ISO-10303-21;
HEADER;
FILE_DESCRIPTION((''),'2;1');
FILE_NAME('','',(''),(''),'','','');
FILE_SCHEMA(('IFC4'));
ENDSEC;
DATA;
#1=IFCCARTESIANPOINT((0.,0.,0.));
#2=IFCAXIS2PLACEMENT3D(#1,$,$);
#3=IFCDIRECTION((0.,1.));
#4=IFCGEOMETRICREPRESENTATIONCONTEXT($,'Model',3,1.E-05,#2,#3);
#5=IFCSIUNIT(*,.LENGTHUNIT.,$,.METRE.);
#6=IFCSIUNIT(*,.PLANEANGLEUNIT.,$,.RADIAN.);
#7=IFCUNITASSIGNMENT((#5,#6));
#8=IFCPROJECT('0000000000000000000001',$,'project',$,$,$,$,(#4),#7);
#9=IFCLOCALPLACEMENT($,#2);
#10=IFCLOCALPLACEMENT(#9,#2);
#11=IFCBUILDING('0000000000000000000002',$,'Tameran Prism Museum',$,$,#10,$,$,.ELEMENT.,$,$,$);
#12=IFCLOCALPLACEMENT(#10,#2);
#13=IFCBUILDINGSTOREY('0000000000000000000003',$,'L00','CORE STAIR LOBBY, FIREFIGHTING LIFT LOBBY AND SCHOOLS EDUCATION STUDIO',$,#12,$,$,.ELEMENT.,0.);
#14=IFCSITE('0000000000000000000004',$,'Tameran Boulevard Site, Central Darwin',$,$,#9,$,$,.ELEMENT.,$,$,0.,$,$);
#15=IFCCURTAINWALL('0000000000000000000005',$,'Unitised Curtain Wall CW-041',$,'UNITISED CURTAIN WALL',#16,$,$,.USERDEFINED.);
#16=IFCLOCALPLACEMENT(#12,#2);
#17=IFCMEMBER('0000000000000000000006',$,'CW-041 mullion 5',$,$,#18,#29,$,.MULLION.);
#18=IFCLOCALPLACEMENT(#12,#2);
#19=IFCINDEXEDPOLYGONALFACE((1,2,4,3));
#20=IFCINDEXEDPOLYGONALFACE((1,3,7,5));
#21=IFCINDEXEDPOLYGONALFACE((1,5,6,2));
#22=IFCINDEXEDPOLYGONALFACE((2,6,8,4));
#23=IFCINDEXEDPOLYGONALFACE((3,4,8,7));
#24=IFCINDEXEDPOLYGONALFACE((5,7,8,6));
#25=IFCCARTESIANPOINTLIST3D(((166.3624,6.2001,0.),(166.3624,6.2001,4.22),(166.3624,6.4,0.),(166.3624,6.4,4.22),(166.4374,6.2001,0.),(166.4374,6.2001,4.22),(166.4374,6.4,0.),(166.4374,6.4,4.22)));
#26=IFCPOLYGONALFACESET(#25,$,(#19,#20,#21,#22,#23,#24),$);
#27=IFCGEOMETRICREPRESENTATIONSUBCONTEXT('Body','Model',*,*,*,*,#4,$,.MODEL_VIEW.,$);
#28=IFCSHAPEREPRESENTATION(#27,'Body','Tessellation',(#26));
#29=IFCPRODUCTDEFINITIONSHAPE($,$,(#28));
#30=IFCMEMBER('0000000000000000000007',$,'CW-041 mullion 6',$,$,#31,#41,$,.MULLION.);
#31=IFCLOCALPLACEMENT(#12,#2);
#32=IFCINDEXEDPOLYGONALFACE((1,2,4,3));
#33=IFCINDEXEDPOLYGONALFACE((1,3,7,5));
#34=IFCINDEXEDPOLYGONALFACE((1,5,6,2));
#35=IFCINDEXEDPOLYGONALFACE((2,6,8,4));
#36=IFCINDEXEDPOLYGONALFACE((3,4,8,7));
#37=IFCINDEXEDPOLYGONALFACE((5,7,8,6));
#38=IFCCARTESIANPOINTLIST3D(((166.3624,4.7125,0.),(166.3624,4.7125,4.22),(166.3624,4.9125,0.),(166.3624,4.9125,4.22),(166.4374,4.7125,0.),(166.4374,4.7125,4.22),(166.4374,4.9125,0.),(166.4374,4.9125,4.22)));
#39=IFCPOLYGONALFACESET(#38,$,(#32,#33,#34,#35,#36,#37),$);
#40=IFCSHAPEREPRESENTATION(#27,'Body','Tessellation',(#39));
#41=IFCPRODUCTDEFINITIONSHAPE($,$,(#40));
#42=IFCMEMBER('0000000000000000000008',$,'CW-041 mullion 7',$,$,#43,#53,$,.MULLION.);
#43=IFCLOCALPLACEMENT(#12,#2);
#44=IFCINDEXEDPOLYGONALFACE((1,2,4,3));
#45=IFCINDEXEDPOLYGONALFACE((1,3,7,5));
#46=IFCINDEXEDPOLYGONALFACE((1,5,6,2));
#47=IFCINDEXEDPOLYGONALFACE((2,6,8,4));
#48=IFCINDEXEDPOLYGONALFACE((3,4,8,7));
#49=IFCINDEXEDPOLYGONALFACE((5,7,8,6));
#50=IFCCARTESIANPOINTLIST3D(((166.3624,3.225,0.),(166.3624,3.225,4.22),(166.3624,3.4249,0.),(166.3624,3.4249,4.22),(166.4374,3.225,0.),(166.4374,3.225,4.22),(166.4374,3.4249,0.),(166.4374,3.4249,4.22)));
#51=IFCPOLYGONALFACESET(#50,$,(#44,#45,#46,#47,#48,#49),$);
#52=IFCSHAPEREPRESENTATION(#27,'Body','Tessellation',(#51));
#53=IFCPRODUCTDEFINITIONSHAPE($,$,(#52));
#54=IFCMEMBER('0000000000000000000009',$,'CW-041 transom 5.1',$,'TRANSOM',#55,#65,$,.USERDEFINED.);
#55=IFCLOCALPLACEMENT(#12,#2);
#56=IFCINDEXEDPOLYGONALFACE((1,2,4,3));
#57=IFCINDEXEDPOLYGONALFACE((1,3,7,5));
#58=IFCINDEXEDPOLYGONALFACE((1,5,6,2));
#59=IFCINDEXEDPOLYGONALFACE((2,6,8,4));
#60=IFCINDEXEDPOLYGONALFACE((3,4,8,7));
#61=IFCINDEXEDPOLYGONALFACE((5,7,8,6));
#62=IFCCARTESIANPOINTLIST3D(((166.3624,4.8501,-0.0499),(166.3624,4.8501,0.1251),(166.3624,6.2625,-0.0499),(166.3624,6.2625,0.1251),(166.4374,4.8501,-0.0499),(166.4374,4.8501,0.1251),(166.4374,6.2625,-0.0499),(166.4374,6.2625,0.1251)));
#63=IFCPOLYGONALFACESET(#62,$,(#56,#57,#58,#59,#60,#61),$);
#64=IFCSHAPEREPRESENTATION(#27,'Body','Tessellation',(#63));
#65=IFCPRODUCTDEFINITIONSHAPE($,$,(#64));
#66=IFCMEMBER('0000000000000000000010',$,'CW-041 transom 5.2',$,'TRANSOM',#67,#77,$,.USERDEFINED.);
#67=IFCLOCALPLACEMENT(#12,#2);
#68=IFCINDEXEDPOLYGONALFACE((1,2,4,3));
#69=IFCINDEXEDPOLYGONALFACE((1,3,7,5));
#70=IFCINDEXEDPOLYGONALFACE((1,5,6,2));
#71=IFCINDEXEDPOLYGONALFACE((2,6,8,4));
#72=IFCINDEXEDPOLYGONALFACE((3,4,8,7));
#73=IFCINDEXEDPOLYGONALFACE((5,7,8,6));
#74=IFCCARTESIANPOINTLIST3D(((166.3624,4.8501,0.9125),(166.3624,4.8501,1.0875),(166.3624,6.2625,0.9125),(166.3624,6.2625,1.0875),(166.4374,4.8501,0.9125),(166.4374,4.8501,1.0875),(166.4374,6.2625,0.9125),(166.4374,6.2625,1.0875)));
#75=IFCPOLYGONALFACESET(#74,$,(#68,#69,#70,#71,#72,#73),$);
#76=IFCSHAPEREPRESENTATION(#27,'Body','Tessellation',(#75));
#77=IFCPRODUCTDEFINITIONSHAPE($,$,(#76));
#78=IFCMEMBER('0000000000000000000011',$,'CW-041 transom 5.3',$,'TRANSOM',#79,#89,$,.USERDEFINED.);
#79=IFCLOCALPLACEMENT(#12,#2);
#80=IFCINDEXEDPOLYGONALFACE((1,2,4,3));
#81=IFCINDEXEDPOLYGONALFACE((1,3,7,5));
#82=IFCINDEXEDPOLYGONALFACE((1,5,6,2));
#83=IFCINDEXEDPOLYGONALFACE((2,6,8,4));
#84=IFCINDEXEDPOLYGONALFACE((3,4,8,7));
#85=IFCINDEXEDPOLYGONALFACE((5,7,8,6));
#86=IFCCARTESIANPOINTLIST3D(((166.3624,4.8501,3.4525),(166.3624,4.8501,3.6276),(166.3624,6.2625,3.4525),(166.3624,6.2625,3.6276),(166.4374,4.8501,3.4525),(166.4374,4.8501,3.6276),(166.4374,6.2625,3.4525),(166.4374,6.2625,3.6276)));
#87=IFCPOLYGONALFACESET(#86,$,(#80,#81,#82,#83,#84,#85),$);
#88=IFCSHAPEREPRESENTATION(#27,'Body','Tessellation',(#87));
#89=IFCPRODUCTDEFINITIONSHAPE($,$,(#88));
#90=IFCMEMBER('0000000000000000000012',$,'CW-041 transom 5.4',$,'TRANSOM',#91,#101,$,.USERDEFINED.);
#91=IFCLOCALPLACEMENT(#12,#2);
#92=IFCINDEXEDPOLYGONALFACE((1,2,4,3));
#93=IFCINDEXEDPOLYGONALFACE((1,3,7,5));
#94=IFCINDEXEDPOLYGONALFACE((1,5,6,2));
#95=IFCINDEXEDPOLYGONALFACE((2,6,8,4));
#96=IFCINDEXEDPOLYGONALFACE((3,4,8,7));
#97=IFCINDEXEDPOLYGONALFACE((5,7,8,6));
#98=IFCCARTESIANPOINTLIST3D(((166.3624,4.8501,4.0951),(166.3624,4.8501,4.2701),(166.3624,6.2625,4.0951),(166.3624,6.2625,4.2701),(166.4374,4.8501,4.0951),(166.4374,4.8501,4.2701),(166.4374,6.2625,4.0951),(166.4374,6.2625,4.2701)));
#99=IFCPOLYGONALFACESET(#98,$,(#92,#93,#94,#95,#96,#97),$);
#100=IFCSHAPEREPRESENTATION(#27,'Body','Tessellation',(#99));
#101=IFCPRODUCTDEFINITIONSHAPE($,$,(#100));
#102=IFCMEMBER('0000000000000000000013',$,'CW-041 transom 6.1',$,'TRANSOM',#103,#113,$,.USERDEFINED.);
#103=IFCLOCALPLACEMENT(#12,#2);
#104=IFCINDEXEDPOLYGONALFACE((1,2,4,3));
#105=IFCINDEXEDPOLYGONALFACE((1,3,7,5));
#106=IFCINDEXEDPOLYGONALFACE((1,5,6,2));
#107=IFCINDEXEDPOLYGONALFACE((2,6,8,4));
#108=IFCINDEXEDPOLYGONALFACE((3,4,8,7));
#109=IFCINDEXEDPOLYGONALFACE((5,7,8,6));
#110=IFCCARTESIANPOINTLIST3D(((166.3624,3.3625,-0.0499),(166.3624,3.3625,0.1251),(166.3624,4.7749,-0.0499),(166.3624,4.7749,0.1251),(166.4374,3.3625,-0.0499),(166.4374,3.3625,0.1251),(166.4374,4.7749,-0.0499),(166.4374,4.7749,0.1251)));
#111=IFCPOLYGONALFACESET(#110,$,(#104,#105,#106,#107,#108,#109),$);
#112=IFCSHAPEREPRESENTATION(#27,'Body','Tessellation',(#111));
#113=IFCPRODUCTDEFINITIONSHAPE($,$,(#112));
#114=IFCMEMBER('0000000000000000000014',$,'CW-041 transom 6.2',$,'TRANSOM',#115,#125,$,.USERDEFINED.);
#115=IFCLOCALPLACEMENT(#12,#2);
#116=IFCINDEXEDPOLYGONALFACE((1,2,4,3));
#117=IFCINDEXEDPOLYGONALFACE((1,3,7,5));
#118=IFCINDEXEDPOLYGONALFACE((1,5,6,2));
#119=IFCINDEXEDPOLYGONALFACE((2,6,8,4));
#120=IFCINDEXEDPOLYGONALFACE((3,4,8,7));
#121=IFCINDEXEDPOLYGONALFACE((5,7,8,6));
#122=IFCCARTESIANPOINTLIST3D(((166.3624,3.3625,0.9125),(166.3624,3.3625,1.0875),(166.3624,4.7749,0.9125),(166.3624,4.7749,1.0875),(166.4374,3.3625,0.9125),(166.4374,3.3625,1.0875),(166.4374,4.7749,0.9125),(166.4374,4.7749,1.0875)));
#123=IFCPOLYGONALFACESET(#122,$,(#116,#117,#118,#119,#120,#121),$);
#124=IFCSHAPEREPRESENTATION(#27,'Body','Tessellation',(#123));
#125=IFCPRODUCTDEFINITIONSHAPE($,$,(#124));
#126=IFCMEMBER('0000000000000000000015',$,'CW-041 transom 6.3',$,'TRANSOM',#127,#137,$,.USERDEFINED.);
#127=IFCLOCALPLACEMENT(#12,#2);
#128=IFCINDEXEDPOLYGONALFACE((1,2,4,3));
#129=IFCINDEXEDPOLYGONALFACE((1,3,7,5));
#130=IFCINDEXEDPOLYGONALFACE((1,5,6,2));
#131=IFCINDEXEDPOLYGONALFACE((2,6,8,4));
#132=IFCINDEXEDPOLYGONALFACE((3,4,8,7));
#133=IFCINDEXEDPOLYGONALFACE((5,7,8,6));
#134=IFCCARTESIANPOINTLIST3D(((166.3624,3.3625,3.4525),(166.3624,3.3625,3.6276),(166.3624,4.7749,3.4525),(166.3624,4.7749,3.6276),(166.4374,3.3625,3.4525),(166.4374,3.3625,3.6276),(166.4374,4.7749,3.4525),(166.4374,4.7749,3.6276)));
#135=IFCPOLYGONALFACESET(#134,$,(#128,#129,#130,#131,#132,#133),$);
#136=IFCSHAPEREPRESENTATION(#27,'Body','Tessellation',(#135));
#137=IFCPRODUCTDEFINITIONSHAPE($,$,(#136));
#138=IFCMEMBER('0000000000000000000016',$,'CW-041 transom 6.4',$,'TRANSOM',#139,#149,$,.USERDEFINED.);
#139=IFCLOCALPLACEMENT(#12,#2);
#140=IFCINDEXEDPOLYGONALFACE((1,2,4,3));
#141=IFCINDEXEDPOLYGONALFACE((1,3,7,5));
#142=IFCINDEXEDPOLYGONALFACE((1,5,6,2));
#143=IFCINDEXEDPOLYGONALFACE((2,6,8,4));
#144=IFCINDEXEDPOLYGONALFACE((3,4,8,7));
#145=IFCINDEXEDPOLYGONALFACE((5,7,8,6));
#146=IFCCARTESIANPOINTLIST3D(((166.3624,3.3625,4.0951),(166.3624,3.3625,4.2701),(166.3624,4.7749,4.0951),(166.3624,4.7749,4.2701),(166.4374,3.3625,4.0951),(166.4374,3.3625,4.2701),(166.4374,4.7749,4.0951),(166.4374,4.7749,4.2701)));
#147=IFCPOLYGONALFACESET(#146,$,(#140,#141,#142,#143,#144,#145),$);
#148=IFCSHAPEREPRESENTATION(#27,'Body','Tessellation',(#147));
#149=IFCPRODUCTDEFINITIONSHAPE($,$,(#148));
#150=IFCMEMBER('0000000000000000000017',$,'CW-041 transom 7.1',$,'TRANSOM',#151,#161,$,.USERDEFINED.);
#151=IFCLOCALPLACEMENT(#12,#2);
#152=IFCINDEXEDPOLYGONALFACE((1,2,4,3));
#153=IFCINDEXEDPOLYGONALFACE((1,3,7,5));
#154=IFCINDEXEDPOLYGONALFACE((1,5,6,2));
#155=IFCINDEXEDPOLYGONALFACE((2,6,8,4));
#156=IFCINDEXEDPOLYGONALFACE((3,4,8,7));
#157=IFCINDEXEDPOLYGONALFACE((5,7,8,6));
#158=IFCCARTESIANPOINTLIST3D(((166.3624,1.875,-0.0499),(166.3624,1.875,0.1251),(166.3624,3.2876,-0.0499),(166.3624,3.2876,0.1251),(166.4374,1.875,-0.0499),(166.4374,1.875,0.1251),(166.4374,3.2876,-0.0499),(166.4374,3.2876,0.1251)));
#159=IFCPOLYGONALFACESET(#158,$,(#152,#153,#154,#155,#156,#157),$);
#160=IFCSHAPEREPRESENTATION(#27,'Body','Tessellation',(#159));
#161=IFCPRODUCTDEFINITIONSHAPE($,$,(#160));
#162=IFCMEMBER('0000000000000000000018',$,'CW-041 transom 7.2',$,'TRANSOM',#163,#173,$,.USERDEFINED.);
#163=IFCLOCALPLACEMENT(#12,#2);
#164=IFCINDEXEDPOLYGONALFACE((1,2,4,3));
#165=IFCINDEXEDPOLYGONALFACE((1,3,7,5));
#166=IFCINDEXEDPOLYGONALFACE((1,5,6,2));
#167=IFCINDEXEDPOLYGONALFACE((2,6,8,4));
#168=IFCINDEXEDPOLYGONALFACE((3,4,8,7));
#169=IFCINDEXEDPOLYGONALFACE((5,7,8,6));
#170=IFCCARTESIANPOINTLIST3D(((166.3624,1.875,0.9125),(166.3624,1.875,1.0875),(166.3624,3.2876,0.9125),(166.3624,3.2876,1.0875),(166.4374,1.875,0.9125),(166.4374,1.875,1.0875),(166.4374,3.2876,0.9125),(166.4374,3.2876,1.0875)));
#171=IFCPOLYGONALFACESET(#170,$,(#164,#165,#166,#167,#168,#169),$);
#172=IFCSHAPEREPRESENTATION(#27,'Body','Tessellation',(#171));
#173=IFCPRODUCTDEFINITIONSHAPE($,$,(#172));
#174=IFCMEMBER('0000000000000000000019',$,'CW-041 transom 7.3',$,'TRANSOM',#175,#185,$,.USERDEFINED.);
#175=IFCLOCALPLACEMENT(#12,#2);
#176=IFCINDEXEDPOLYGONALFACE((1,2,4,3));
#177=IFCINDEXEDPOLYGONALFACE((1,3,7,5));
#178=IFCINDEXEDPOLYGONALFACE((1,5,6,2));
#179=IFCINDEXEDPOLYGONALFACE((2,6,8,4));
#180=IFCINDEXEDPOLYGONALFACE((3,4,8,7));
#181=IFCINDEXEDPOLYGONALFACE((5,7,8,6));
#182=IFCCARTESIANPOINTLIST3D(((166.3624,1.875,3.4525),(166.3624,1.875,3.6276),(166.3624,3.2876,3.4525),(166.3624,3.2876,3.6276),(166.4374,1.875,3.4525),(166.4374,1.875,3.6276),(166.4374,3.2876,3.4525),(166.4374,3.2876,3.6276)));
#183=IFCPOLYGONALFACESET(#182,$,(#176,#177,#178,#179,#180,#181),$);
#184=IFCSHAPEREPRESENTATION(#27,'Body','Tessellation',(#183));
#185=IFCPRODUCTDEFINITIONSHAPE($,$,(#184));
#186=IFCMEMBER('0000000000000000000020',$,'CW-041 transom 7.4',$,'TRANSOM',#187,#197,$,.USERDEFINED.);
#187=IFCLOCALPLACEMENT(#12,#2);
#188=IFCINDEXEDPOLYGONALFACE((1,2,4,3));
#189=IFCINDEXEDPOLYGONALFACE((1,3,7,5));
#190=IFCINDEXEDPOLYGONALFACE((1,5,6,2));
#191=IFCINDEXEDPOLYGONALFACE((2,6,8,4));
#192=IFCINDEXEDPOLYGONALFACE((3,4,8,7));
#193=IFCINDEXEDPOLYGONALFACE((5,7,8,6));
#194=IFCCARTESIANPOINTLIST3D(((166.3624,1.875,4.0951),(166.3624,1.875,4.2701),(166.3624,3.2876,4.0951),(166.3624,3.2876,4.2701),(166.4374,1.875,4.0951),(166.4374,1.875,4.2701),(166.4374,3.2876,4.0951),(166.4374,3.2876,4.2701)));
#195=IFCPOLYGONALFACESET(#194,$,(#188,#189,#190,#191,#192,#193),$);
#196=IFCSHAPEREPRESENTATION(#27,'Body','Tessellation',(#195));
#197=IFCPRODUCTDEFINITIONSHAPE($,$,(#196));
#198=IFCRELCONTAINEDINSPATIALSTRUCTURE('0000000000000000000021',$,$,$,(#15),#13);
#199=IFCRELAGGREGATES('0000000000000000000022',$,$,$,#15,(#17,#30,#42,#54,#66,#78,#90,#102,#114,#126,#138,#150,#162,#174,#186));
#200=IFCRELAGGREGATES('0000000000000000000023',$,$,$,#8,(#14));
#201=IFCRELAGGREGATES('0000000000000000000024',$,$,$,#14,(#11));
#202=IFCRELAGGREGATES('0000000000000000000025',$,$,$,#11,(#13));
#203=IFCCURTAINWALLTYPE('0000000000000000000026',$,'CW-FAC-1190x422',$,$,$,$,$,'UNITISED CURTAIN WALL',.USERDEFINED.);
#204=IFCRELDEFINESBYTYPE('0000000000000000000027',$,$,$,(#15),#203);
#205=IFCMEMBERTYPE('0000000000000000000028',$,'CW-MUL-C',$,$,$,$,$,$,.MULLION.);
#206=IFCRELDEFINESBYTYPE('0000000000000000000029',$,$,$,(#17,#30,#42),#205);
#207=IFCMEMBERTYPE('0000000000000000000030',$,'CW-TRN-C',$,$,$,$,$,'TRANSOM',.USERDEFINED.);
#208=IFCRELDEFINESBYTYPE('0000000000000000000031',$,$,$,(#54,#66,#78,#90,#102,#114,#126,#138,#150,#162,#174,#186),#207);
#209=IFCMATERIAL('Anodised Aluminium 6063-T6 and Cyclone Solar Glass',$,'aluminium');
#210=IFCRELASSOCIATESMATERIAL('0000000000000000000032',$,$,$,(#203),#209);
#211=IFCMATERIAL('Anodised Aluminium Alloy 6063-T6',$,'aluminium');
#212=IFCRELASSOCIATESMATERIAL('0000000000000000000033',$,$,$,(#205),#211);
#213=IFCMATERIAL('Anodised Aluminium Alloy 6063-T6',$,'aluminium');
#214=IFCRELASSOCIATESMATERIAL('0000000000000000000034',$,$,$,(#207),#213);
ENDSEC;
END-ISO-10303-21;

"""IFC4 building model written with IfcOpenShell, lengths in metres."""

from ifc_helpers import new_model, si_unit, direction, frame, origin, origin_2d, place, context, subcontext, project, spatial, rectangle, extrude, material, material_profile, profile_set, type_object, element, aggregate, save


model = new_model("IFC4")

# Units and contexts
model_context = context("Model", 3, precision=1e-05, world=origin(), true_north=direction((0.0, 1.0)))
body_context = subcontext(model_context, "Body", "Model", "MODEL_VIEW")
ifc_project = project(units=[si_unit("LENGTHUNIT", "METRE"), si_unit("PLANEANGLEUNIT", "RADIAN")], contexts=[model_context])

# Site, building, storey
site_placement = place(None, origin())
site = spatial("IfcSite", under=ifc_project, at=site_placement, Name="Tameran Boulevard Site, Central Darwin", CompositionType="ELEMENT", RefElevation=0.0)
building_placement = place(site_placement, origin())
building = spatial("IfcBuilding", under=site, at=building_placement, Name="Tameran Prism Museum", CompositionType="ELEMENT")
storey_placement = place(building_placement, origin())
storey = spatial("IfcBuildingStorey", under=building, at=storey_placement, Name="L00", Description="CORE STAIR LOBBY, FIREFIGHTING LIFT LOBBY AND SCHOOLS EDUCATION STUDIO", CompositionType="ELEMENT", Elevation=0.0)

# Curtain wall, members
ifc_material_1 = material(Name="Anodised Aluminium 6063-T6 and Cyclone Solar Glass", Category="aluminium")
curtain_wall_type = type_object("IfcCurtainWallType", Name="CW-FAC-1190x422", ElementType="UNITISED CURTAIN WALL", PredefinedType="USERDEFINED", material=ifc_material_1)
curtain_wall_placement = place(storey_placement, origin())
curtain_wall = element("IfcCurtainWall", 1, at=curtain_wall_placement, inside=storey, type_object=curtain_wall_type, Name="Unitised Curtain Wall CW-041", ObjectType="UNITISED CURTAIN WALL", PredefinedType="USERDEFINED")
ifc_material_2 = material(Name="Anodised Aluminium Alloy 6063-T6", Category="aluminium")
ifc_material_profile_1 = material_profile(ifc_material_2, rectangle(XDim=0.075, YDim=0.2, at=origin_2d()))
ifc_profile_set_1 = profile_set([ifc_material_profile_1])
member_type_1 = type_object("IfcMemberType", Name="CW-MUL-C", PredefinedType="MULLION", material=ifc_profile_set_1)
member_1_placement = place(storey_placement, frame((166.3999, 6.3, 0.0), z_axis=(0.0, 0.0, 1.0), x_axis=(1.0, 0.0, 0.0)))
member_1 = element("IfcMember", 2, at=member_1_placement, type_object=member_type_1, Name="CW-041 mullion 5", PredefinedType="MULLION", context=body_context, shape_type="SweptSolid", body=[
    extrude(rectangle(XDim=0.075, YDim=0.2, at=origin_2d()), origin(), (0.0, 0.0, 1.0), 4.22),
])
member_2_placement = place(storey_placement, frame((166.3999, 4.8125, 0.0), z_axis=(0.0, 0.0, 1.0), x_axis=(1.0, 0.0, 0.0)))
member_2 = element("IfcMember", 3, at=member_2_placement, type_object=member_type_1, Name="CW-041 mullion 6", PredefinedType="MULLION", context=body_context, shape_type="SweptSolid", body=[
    extrude(rectangle(XDim=0.075, YDim=0.2, at=origin_2d()), origin(), (0.0, 0.0, 1.0), 4.22),
])
member_3_placement = place(storey_placement, frame((166.3999, 3.325, 0.0), z_axis=(0.0, 0.0, 1.0), x_axis=(1.0, 0.0, 0.0)))
member_3 = element("IfcMember", 4, at=member_3_placement, type_object=member_type_1, Name="CW-041 mullion 7", PredefinedType="MULLION", context=body_context, shape_type="SweptSolid", body=[
    extrude(rectangle(XDim=0.075, YDim=0.2, at=origin_2d()), origin(), (0.0, 0.0, 1.0), 4.22),
])
ifc_material_3 = material(Name="Anodised Aluminium Alloy 6063-T6", Category="aluminium")
ifc_material_profile_2 = material_profile(ifc_material_3, rectangle(XDim=0.075, YDim=0.175, at=origin_2d()))
ifc_profile_set_2 = profile_set([ifc_material_profile_2])
member_type_2 = type_object("IfcMemberType", Name="CW-TRN-C", ElementType="TRANSOM", PredefinedType="USERDEFINED", material=ifc_profile_set_2)
member_4_placement = place(storey_placement, frame((166.3999, 6.2625, 0.0376), z_axis=(0.0, -1.0, 0.0), x_axis=(1.0, 0.0, 0.0)))
member_4 = element("IfcMember", 5, at=member_4_placement, type_object=member_type_2, Name="CW-041 transom 5.1", ObjectType="TRANSOM", PredefinedType="USERDEFINED", context=body_context, shape_type="SweptSolid", body=[
    extrude(rectangle(XDim=0.075, YDim=0.175, at=origin_2d()), origin(), (0.0, 0.0, 1.0), 1.4124),
])
member_5_placement = place(storey_placement, frame((166.3999, 6.2625, 1.0), z_axis=(0.0, -1.0, 0.0), x_axis=(1.0, 0.0, 0.0)))
member_5 = element("IfcMember", 6, at=member_5_placement, type_object=member_type_2, Name="CW-041 transom 5.2", ObjectType="TRANSOM", PredefinedType="USERDEFINED", context=body_context, shape_type="SweptSolid", body=[
    extrude(rectangle(XDim=0.075, YDim=0.175, at=origin_2d()), origin(), (0.0, 0.0, 1.0), 1.4124),
])
member_6_placement = place(storey_placement, frame((166.3999, 6.2625, 3.54), z_axis=(0.0, -1.0, 0.0), x_axis=(1.0, 0.0, 0.0)))
member_6 = element("IfcMember", 7, at=member_6_placement, type_object=member_type_2, Name="CW-041 transom 5.3", ObjectType="TRANSOM", PredefinedType="USERDEFINED", context=body_context, shape_type="SweptSolid", body=[
    extrude(rectangle(XDim=0.075, YDim=0.175, at=origin_2d()), origin(), (0.0, 0.0, 1.0), 1.4124),
])
member_7_placement = place(storey_placement, frame((166.3999, 6.2625, 4.1826), z_axis=(0.0, -1.0, 0.0), x_axis=(1.0, 0.0, 0.0)))
member_7 = element("IfcMember", 8, at=member_7_placement, type_object=member_type_2, Name="CW-041 transom 5.4", ObjectType="TRANSOM", PredefinedType="USERDEFINED", context=body_context, shape_type="SweptSolid", body=[
    extrude(rectangle(XDim=0.075, YDim=0.175, at=origin_2d()), origin(), (0.0, 0.0, 1.0), 1.4124),
])
member_8_placement = place(storey_placement, frame((166.3999, 4.7749, 0.0376), z_axis=(0.0, -1.0, 0.0), x_axis=(1.0, 0.0, 0.0)))
member_8 = element("IfcMember", 9, at=member_8_placement, type_object=member_type_2, Name="CW-041 transom 6.1", ObjectType="TRANSOM", PredefinedType="USERDEFINED", context=body_context, shape_type="SweptSolid", body=[
    extrude(rectangle(XDim=0.075, YDim=0.175, at=origin_2d()), origin(), (0.0, 0.0, 1.0), 1.4124),
])
member_9_placement = place(storey_placement, frame((166.3999, 4.7749, 1.0), z_axis=(0.0, -1.0, 0.0), x_axis=(1.0, 0.0, 0.0)))
member_9 = element("IfcMember", 10, at=member_9_placement, type_object=member_type_2, Name="CW-041 transom 6.2", ObjectType="TRANSOM", PredefinedType="USERDEFINED", context=body_context, shape_type="SweptSolid", body=[
    extrude(rectangle(XDim=0.075, YDim=0.175, at=origin_2d()), origin(), (0.0, 0.0, 1.0), 1.4124),
])
member_10_placement = place(storey_placement, frame((166.3999, 4.7749, 3.54), z_axis=(0.0, -1.0, 0.0), x_axis=(1.0, 0.0, 0.0)))
member_10 = element("IfcMember", 11, at=member_10_placement, type_object=member_type_2, Name="CW-041 transom 6.3", ObjectType="TRANSOM", PredefinedType="USERDEFINED", context=body_context, shape_type="SweptSolid", body=[
    extrude(rectangle(XDim=0.075, YDim=0.175, at=origin_2d()), origin(), (0.0, 0.0, 1.0), 1.4124),
])
member_11_placement = place(storey_placement, frame((166.3999, 4.7749, 4.1826), z_axis=(0.0, -1.0, 0.0), x_axis=(1.0, 0.0, 0.0)))
member_11 = element("IfcMember", 12, at=member_11_placement, type_object=member_type_2, Name="CW-041 transom 6.4", ObjectType="TRANSOM", PredefinedType="USERDEFINED", context=body_context, shape_type="SweptSolid", body=[
    extrude(rectangle(XDim=0.075, YDim=0.175, at=origin_2d()), origin(), (0.0, 0.0, 1.0), 1.4124),
])
member_12_placement = place(storey_placement, frame((166.3999, 3.2876, 0.0376), z_axis=(0.0, -1.0, 0.0), x_axis=(1.0, 0.0, 0.0)))
member_12 = element("IfcMember", 13, at=member_12_placement, type_object=member_type_2, Name="CW-041 transom 7.1", ObjectType="TRANSOM", PredefinedType="USERDEFINED", context=body_context, shape_type="SweptSolid", body=[
    extrude(rectangle(XDim=0.075, YDim=0.175, at=origin_2d()), origin(), (0.0, 0.0, 1.0), 1.4126),
])
member_13_placement = place(storey_placement, frame((166.3999, 3.2876, 1.0), z_axis=(0.0, -1.0, 0.0), x_axis=(1.0, 0.0, 0.0)))
member_13 = element("IfcMember", 14, at=member_13_placement, type_object=member_type_2, Name="CW-041 transom 7.2", ObjectType="TRANSOM", PredefinedType="USERDEFINED", context=body_context, shape_type="SweptSolid", body=[
    extrude(rectangle(XDim=0.075, YDim=0.175, at=origin_2d()), origin(), (0.0, 0.0, 1.0), 1.4126),
])
member_14_placement = place(storey_placement, frame((166.3999, 3.2876, 3.54), z_axis=(0.0, -1.0, 0.0), x_axis=(1.0, 0.0, 0.0)))
member_14 = element("IfcMember", 15, at=member_14_placement, type_object=member_type_2, Name="CW-041 transom 7.3", ObjectType="TRANSOM", PredefinedType="USERDEFINED", context=body_context, shape_type="SweptSolid", body=[
    extrude(rectangle(XDim=0.075, YDim=0.175, at=origin_2d()), origin(), (0.0, 0.0, 1.0), 1.4126),
])
member_15_placement = place(storey_placement, frame((166.3999, 3.2876, 4.1826), z_axis=(0.0, -1.0, 0.0), x_axis=(1.0, 0.0, 0.0)))
member_15 = element("IfcMember", 16, at=member_15_placement, type_object=member_type_2, Name="CW-041 transom 7.4", ObjectType="TRANSOM", PredefinedType="USERDEFINED", context=body_context, shape_type="SweptSolid", body=[
    extrude(rectangle(XDim=0.075, YDim=0.175, at=origin_2d()), origin(), (0.0, 0.0, 1.0), 1.4126),
])

aggregate(curtain_wall, [member_1, member_2, member_3, member_4, member_5, member_6, member_7, member_8, member_9, member_10, member_11, member_12, member_13, member_14, member_15])

save(model, "model.ifc")
